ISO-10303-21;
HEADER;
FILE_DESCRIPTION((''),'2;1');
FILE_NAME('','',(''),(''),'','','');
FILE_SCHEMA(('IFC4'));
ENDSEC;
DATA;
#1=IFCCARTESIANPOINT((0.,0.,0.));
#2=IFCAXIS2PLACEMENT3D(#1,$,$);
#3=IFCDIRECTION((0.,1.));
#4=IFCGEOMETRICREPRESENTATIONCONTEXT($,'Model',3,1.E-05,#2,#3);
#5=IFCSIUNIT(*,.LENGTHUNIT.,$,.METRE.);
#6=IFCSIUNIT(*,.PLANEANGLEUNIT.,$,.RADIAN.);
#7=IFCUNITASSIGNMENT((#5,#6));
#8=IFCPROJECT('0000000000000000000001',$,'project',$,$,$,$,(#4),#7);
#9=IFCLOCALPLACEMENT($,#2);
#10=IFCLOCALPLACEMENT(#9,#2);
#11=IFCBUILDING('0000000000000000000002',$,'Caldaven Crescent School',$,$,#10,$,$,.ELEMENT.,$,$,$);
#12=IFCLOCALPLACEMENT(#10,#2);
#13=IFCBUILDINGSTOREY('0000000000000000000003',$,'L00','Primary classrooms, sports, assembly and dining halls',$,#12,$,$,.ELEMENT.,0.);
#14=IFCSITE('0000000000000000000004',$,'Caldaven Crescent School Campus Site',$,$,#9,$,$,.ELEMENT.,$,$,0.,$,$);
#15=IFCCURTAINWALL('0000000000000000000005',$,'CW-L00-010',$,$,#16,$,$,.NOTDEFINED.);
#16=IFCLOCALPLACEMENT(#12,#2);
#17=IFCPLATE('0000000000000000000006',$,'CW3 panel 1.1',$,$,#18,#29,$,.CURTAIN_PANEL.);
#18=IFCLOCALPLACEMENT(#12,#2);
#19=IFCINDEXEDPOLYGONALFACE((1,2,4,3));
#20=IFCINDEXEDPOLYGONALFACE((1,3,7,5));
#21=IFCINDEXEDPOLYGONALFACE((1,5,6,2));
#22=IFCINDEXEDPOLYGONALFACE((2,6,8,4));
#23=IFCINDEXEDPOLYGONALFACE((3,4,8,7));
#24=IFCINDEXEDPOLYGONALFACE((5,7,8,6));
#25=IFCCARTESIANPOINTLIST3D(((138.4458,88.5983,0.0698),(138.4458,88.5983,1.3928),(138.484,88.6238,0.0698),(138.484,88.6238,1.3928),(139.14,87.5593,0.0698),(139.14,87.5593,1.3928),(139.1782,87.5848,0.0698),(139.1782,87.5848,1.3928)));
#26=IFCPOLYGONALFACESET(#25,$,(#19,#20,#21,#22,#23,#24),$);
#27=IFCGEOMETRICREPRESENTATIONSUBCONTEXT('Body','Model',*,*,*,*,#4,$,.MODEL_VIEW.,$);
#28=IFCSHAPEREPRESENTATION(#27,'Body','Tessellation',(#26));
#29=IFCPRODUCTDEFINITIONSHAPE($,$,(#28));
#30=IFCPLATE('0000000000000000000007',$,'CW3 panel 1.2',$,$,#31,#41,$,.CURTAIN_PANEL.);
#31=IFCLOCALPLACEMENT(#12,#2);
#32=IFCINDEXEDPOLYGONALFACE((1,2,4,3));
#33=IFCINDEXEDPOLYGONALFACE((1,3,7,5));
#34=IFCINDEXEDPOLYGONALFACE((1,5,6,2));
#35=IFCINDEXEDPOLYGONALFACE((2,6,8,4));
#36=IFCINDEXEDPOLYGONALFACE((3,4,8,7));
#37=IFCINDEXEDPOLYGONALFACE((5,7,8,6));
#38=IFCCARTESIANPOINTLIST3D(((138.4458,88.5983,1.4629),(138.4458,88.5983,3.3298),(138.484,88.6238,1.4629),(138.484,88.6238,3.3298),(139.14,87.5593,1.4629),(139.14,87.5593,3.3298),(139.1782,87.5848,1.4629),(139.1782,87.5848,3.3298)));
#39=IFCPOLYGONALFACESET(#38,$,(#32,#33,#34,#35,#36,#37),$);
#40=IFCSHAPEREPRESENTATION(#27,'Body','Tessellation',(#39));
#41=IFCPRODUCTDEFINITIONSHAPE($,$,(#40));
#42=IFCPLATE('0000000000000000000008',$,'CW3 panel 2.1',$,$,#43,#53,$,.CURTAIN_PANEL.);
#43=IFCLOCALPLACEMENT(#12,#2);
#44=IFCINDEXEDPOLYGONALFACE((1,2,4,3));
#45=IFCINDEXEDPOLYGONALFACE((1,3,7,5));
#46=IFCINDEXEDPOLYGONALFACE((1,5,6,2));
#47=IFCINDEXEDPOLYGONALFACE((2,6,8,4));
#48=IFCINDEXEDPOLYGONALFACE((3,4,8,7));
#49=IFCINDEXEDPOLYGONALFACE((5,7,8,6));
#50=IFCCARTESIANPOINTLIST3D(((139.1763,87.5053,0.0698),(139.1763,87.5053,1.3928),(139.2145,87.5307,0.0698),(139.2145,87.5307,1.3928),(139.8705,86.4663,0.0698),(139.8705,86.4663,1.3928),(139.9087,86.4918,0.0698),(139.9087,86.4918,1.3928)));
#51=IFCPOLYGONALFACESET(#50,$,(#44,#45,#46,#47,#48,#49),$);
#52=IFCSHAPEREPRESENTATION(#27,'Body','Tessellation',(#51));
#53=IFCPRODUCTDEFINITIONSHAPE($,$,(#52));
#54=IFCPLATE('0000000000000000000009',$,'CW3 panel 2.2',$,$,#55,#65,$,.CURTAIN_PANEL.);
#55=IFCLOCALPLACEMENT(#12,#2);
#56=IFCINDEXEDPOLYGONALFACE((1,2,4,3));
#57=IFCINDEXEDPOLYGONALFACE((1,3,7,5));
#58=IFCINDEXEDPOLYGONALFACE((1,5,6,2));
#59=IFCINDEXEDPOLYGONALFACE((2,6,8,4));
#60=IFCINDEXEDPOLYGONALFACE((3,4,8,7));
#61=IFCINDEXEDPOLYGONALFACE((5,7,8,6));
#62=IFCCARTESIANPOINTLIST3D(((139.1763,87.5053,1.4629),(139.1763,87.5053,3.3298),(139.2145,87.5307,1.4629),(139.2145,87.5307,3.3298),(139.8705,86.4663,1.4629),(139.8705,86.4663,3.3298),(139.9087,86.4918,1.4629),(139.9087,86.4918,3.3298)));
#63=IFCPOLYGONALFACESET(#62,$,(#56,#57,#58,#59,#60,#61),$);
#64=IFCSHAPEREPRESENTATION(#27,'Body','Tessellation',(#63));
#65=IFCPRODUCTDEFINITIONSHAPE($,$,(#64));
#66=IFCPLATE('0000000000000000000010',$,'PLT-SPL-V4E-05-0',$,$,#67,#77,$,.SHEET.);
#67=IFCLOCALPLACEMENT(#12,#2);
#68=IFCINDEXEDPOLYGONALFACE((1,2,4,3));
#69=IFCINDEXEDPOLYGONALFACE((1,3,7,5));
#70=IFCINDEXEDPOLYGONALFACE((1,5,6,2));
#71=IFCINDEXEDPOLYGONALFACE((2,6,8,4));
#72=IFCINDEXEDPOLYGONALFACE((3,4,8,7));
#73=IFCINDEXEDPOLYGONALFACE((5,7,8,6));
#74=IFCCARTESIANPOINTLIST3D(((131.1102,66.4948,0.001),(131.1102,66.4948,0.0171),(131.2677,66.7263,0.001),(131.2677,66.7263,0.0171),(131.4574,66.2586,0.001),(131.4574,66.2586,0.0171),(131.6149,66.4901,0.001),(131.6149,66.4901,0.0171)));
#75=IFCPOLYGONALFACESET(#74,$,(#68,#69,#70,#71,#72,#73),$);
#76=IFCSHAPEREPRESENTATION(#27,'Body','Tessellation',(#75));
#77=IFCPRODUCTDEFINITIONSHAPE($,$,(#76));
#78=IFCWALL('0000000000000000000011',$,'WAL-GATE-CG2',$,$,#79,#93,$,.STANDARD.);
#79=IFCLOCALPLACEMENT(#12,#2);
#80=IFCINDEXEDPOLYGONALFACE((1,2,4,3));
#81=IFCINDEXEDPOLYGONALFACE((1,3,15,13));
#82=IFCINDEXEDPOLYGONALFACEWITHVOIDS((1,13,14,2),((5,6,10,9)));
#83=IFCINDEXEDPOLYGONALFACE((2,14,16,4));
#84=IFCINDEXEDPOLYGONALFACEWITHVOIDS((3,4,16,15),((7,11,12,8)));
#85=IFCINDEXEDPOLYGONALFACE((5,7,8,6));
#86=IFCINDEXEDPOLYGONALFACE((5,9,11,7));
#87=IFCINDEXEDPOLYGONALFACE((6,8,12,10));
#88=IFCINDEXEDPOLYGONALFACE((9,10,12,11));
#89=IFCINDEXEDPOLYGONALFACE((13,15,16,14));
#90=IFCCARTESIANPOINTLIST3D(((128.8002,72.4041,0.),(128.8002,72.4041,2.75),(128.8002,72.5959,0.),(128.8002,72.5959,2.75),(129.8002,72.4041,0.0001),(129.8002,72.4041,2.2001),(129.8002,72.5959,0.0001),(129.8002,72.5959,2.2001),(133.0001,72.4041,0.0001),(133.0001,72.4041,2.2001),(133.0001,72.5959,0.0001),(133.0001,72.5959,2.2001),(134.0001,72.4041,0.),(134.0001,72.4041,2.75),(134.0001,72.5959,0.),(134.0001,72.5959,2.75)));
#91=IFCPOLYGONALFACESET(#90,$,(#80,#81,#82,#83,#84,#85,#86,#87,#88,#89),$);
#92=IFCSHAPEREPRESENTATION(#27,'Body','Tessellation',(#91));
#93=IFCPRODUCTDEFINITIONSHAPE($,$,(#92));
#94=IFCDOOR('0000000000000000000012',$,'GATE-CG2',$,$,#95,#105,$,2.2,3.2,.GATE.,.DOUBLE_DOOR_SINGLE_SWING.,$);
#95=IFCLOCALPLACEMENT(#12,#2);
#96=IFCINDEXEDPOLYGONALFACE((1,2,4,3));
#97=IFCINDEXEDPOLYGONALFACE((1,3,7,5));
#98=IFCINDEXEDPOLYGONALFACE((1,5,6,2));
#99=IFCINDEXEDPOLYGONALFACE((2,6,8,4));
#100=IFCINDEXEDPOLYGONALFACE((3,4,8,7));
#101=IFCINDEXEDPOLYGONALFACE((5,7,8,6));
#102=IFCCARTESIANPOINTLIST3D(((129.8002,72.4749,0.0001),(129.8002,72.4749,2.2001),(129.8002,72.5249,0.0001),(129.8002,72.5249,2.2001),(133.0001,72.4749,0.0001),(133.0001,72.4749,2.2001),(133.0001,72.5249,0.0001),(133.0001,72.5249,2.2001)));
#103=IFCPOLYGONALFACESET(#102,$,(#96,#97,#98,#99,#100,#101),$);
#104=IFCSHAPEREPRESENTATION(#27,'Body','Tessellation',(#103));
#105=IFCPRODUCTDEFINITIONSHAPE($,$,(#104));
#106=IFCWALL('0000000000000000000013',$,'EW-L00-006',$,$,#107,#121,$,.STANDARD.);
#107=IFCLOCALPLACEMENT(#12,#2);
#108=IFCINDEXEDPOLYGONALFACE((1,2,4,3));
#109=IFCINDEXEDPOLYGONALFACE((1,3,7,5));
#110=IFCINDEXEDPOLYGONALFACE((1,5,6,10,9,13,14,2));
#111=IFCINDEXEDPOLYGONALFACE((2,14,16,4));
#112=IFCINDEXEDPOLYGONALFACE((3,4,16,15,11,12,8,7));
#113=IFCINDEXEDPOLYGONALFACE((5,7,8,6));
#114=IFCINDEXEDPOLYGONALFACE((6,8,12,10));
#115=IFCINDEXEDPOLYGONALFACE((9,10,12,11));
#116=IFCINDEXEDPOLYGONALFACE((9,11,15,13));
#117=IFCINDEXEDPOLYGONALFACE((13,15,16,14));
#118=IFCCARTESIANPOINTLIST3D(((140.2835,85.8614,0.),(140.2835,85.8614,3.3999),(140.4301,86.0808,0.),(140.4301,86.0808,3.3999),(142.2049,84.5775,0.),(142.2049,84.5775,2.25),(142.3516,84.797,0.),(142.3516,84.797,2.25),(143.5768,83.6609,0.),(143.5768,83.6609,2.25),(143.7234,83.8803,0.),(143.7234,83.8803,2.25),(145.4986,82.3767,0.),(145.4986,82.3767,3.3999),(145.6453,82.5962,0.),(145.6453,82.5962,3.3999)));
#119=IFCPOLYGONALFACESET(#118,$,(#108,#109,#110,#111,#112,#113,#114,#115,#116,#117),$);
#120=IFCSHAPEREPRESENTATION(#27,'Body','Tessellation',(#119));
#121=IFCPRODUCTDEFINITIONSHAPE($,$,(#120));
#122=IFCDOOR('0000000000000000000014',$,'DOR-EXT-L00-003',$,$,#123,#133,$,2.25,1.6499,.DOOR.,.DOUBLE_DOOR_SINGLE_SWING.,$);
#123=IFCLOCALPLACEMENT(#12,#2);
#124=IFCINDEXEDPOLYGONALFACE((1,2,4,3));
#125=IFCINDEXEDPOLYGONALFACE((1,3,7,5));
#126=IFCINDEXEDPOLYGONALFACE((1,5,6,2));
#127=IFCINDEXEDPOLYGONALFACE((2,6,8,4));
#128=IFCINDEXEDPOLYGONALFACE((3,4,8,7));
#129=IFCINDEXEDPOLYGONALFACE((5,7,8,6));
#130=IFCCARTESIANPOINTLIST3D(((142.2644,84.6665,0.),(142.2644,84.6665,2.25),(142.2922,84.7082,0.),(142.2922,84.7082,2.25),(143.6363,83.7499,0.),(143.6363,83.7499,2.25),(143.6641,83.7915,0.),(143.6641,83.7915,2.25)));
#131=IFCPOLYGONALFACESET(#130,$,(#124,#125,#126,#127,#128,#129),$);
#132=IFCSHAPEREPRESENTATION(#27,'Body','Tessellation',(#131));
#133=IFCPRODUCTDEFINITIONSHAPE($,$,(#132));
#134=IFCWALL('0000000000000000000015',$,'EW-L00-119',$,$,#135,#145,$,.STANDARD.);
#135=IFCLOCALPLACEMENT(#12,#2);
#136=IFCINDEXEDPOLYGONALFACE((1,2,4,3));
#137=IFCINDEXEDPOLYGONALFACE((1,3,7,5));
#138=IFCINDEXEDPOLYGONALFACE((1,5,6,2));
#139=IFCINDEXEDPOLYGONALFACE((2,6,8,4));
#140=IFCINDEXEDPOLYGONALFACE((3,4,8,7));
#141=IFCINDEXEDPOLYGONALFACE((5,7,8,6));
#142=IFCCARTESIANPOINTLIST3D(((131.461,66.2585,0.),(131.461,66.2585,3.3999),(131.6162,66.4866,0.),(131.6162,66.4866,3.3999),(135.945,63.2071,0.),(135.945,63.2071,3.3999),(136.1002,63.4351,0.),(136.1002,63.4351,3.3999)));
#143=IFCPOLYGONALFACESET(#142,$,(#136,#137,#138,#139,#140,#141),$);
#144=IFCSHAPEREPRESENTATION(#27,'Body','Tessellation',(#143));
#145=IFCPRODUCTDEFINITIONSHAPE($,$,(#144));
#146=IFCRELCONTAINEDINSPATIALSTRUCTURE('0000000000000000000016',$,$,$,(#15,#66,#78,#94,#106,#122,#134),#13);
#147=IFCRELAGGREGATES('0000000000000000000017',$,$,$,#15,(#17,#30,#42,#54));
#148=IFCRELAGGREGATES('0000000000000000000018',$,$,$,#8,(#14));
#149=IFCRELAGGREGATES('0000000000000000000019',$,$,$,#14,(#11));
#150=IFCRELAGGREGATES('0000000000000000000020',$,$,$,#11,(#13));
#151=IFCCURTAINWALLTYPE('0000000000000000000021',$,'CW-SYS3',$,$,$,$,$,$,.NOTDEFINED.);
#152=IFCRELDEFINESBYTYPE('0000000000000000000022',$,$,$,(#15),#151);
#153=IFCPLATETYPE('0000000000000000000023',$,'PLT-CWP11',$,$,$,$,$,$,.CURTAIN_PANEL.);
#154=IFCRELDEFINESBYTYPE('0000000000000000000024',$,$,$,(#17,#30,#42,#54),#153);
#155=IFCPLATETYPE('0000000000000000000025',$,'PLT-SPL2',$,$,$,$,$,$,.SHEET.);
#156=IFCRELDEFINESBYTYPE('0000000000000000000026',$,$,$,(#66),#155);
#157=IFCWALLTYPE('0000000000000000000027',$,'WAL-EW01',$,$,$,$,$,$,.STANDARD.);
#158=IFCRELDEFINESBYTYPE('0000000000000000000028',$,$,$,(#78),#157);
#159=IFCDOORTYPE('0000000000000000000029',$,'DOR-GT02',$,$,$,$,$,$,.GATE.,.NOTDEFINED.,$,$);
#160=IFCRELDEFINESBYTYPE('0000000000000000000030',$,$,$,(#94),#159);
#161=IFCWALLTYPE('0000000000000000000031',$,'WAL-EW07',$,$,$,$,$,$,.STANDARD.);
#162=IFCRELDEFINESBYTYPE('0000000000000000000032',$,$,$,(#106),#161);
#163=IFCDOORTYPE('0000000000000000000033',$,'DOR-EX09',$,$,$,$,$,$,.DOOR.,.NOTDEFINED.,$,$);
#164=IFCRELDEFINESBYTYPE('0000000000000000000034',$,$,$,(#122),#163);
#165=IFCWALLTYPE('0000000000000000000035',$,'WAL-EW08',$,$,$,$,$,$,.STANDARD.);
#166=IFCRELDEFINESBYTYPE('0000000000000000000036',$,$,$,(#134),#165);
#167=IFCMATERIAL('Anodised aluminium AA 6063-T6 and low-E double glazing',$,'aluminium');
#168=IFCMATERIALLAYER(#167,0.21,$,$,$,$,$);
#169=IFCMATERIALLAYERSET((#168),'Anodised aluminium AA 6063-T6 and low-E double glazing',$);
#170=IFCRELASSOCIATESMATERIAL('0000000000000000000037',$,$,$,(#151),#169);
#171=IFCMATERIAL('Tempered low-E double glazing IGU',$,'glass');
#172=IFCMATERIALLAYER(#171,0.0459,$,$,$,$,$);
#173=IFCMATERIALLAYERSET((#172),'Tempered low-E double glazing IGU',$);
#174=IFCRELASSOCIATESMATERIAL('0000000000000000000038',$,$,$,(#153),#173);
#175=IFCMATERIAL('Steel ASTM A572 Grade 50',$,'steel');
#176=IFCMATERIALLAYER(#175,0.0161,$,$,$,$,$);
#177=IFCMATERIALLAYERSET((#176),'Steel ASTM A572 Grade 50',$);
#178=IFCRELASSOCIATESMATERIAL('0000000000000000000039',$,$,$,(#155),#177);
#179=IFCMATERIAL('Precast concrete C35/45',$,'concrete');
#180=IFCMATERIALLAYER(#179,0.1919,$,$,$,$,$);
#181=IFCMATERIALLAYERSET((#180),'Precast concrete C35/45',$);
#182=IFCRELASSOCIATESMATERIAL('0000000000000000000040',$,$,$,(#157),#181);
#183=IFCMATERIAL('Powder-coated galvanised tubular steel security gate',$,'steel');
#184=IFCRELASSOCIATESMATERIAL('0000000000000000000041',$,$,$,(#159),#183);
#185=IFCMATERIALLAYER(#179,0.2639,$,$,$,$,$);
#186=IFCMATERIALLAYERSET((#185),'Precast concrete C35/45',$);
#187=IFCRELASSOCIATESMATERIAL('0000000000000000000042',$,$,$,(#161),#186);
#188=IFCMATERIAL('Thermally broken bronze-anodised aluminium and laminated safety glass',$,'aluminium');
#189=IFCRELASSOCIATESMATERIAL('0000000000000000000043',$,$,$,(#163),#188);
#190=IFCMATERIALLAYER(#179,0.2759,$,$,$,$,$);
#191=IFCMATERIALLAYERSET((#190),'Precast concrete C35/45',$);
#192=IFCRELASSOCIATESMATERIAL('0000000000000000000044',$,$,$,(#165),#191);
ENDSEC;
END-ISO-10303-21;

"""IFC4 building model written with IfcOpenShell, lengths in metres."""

from ifc_helpers import new_model, si_unit, direction, frame, frame_2d, origin, origin_2d, place, context, subcontext, project, spatial, rectangle, extrude, material, layer, layer_set, type_object, element, fill, aggregate, save


model = new_model("IFC4")

# Units and contexts
model_context = context("Model", 3, precision=1e-05, world=origin(), true_north=direction((0.0, 1.0)))
body_context = subcontext(model_context, "Body", "Model", "MODEL_VIEW")
ifc_project = project(units=[si_unit("LENGTHUNIT", "METRE"), si_unit("PLANEANGLEUNIT", "RADIAN")], contexts=[model_context])

# Site, building, storey
site_placement = place(None, origin())
site = spatial("IfcSite", under=ifc_project, at=site_placement, Name="Caldaven Crescent School Campus Site", CompositionType="ELEMENT", RefElevation=0.0)
building_placement = place(site_placement, origin())
building = spatial("IfcBuilding", under=site, at=building_placement, Name="Caldaven Crescent School", CompositionType="ELEMENT")
storey_placement = place(building_placement, origin())
storey = spatial("IfcBuildingStorey", under=building, at=storey_placement, Name="L00", Description="Primary classrooms, sports, assembly and dining halls", CompositionType="ELEMENT", Elevation=0.0)

# Curtain wall
ifc_material_1 = material(Name="Anodised aluminium AA 6063-T6 and low-E double glazing", Category="aluminium")
ifc_layer_1 = layer(ifc_material_1, 0.21)
ifc_layer_set_1 = layer_set([ifc_layer_1], Name="Anodised aluminium AA 6063-T6 and low-E double glazing")
curtain_wall_type_1 = type_object("IfcCurtainWallType", Name="CW-SYS3", PredefinedType="NOTDEFINED", material=ifc_layer_set_1)
curtain_wall_1_placement = place(storey_placement, origin())
curtain_wall_1 = element("IfcCurtainWall", 1, at=curtain_wall_1_placement, inside=storey, type_object=curtain_wall_type_1, Name="CW-L00-010", PredefinedType="NOTDEFINED")

# Plates
ifc_material_2 = material(Name="Tempered low-E double glazing IGU", Category="glass")
ifc_layer_2 = layer(ifc_material_2, 0.0459)
ifc_layer_set_2 = layer_set([ifc_layer_2], Name="Tempered low-E double glazing IGU")
plate_type_1 = type_object("IfcPlateType", Name="PLT-CWP11", PredefinedType="CURTAIN_PANEL", material=ifc_layer_set_2)
plate_1_placement = place(storey_placement, frame((138.812, 88.0916, 0.0698), z_axis=(0.0, 0.0, 1.0), x_axis=(0.555572, -0.831469, 0.0)))
plate_1 = element("IfcPlate", 2, at=plate_1_placement, type_object=plate_type_1, Name="CW3 panel 1.1", PredefinedType="CURTAIN_PANEL", context=body_context, shape_type="SweptSolid", body=[
    extrude(rectangle(XDim=1.2495, YDim=0.0459, at=origin_2d()), origin(), (0.0, 0.0, 1.0), 1.323),
])
plate_2_placement = place(storey_placement, frame((138.812, 88.0916, 1.4629), z_axis=(0.0, 0.0, 1.0), x_axis=(0.555572, -0.831469, 0.0)))
plate_2 = element("IfcPlate", 3, at=plate_2_placement, type_object=plate_type_1, Name="CW3 panel 1.2", PredefinedType="CURTAIN_PANEL", context=body_context, shape_type="SweptSolid", body=[
    extrude(rectangle(XDim=1.2495, YDim=0.0459, at=origin_2d()), origin(), (0.0, 0.0, 1.0), 1.8669),
])
plate_3_placement = place(storey_placement, frame((139.5425, 86.9985, 0.0698), z_axis=(0.0, 0.0, 1.0), x_axis=(0.555572, -0.831469, 0.0)))
plate_3 = element("IfcPlate", 4, at=plate_3_placement, type_object=plate_type_1, Name="CW3 panel 2.1", PredefinedType="CURTAIN_PANEL", context=body_context, shape_type="SweptSolid", body=[
    extrude(rectangle(XDim=1.2495, YDim=0.0459, at=origin_2d()), origin(), (0.0, 0.0, 1.0), 1.323),
])
plate_4_placement = place(storey_placement, frame((139.5425, 86.9985, 1.4629), z_axis=(0.0, 0.0, 1.0), x_axis=(0.555572, -0.831469, 0.0)))
plate_4 = element("IfcPlate", 5, at=plate_4_placement, type_object=plate_type_1, Name="CW3 panel 2.2", PredefinedType="CURTAIN_PANEL", context=body_context, shape_type="SweptSolid", body=[
    extrude(rectangle(XDim=1.2495, YDim=0.0459, at=origin_2d()), origin(), (0.0, 0.0, 1.0), 1.8669),
])
aggregate(curtain_wall_1, [plate_1, plate_2, plate_3, plate_4])
ifc_material_3 = material(Name="Steel ASTM A572 Grade 50", Category="steel")
ifc_layer_3 = layer(ifc_material_3, 0.0161)
ifc_layer_set_3 = layer_set([ifc_layer_3], Name="Steel ASTM A572 Grade 50")
plate_type_2 = type_object("IfcPlateType", Name="PLT-SPL2", PredefinedType="SHEET", material=ifc_layer_set_3)
plate_5_placement = place(storey_placement, frame((131.3625, 66.4924, 0.001), z_axis=(0.0, 0.0, 1.0), x_axis=(0.826786, -0.562516, 0.0)))
element("IfcPlate", 6, at=plate_5_placement, inside=storey, type_object=plate_type_2, Name="PLT-SPL-V4E-05-0", PredefinedType="SHEET", context=body_context, shape_type="SweptSolid", body=[
    extrude(rectangle(XDim=0.4199, YDim=0.28, at=origin_2d()), origin(), (0.0, 0.0, 1.0), 0.0161),
])

# Walls, openings, doors
ifc_material_4 = material(Name="Precast concrete C35/45", Category="concrete")
ifc_layer_4 = layer(ifc_material_4, 0.1919)
ifc_layer_set_4 = layer_set([ifc_layer_4], Name="Precast concrete C35/45")
wall_type_1 = type_object("IfcWallType", Name="WAL-EW01", PredefinedType="STANDARD", material=ifc_layer_set_4)
wall_1_placement = place(storey_placement, frame((128.8, 72.5, 0.0), z_axis=(0.0, 0.0, 1.0), x_axis=(1.0, 0.0, 0.0)))
wall_1 = element("IfcWall", 7, at=wall_1_placement, inside=storey, type_object=wall_type_1, Name="WAL-GATE-CG2", PredefinedType="STANDARD", context=body_context, shape_type="SweptSolid", body=[
    extrude(rectangle(XDim=5.2, YDim=0.1919, at=frame_2d((2.6001, 0.0))), origin(), (0.0, 0.0, 1.0), 2.75),
])
opening_1_placement = place(wall_1_placement, frame((1.0, 0.0, 0.0)))
opening_1 = element("IfcOpeningElement", 8, at=opening_1_placement, cuts=wall_1, PredefinedType="OPENING", context=body_context, shape_type="SweptSolid", body=[
    extrude(rectangle(XDim=3.2, YDim=2.2, at=frame_2d((1.6001, 1.1001))), frame((0.0, 0.106, 0.0), z_axis=(0.0, -1.0, 0.0), x_axis=(1.0, 0.0, 0.0)), (0.0, 0.0, 1.0), 0.2119),
])
ifc_material_5 = material(Name="Powder-coated galvanised tubular steel security gate", Category="steel")
door_type_1 = type_object("IfcDoorType", Name="DOR-GT02", OperationType="NOTDEFINED", PredefinedType="GATE", material=ifc_material_5)
door_1_placement = place(opening_1_placement, origin())
door_1 = element("IfcDoor", 9, at=door_1_placement, inside=storey, type_object=door_type_1, Name="GATE-CG2", OperationType="DOUBLE_DOOR_SINGLE_SWING", OverallHeight=2.2, OverallWidth=3.2, PredefinedType="GATE", context=body_context, shape_type="SweptSolid", body=[
    extrude(rectangle(XDim=3.2, YDim=2.2, at=frame_2d((1.6001, 1.1001))), frame((0.0, 0.0249, 0.0), z_axis=(0.0, -1.0, 0.0), x_axis=(1.0, 0.0, 0.0)), (0.0, 0.0, 1.0), 0.05),
])
fill(opening_1, door_1)
ifc_layer_5 = layer(ifc_material_4, 0.2639)
ifc_layer_set_5 = layer_set([ifc_layer_5], Name="Precast concrete C35/45")
wall_type_2 = type_object("IfcWallType", Name="WAL-EW07", PredefinedType="STANDARD", material=ifc_layer_set_5)
wall_2_placement = place(storey_placement, frame((140.3567, 85.9712, 0.0), z_axis=(0.0, 0.0, 1.0), x_axis=(0.831469, -0.555571, 0.0)))
wall_2 = element("IfcWall", 10, at=wall_2_placement, inside=storey, type_object=wall_type_2, Name="EW-L00-006", PredefinedType="STANDARD", context=body_context, shape_type="SweptSolid", body=[
    extrude(rectangle(XDim=6.2722, YDim=0.2639, at=frame_2d((3.1362, 0.0))), origin(), (0.0, 0.0, 1.0), 3.3999),
])
opening_2_placement = place(wall_2_placement, frame((2.311, 0.0, 0.0)))
opening_2 = element("IfcOpeningElement", 11, at=opening_2_placement, cuts=wall_2, PredefinedType="OPENING", context=body_context, shape_type="SweptSolid", body=[
    extrude(rectangle(XDim=1.6499, YDim=2.25, at=frame_2d((0.825, 1.125))), frame((0.0, 0.1418, 0.0), z_axis=(0.0, -1.0, 0.0), x_axis=(1.0, 0.0, 0.0)), (0.0, 0.0, 1.0), 0.2839),
])
ifc_material_6 = material(Name="Thermally broken bronze-anodised aluminium and laminated safety glass", Category="aluminium")
door_type_2 = type_object("IfcDoorType", Name="DOR-EX09", OperationType="NOTDEFINED", PredefinedType="DOOR", material=ifc_material_6)
door_2_placement = place(opening_2_placement, frame((1.6499, 0.0, 0.0), z_axis=(0.0, 0.0, 1.0), x_axis=(-1.0, 0.0, 0.0)))
door_2 = element("IfcDoor", 12, at=door_2_placement, inside=storey, type_object=door_type_2, Name="DOR-EXT-L00-003", OperationType="DOUBLE_DOOR_SINGLE_SWING", OverallHeight=2.25, OverallWidth=1.6499, PredefinedType="DOOR", context=body_context, shape_type="SweptSolid", body=[
    extrude(rectangle(XDim=1.6499, YDim=2.25, at=frame_2d((0.825, 1.125))), frame((0.0, 0.0249, 0.0), z_axis=(0.0, -1.0, 0.0), x_axis=(1.0, 0.0, 0.0)), (0.0, 0.0, 1.0), 0.05),
])
fill(opening_2, door_2)

# Wall
ifc_layer_6 = layer(ifc_material_4, 0.2759)
ifc_layer_set_6 = layer_set([ifc_layer_6], Name="Precast concrete C35/45")
wall_type_3 = type_object("IfcWallType", Name="WAL-EW08", PredefinedType="STANDARD", material=ifc_layer_set_6)
wall_3_placement = place(storey_placement, frame((131.5386, 66.3726, 0.0), z_axis=(0.0, 0.0, 1.0), x_axis=(0.826729, -0.562601, 0.0)))
element("IfcWall", 13, at=wall_3_placement, inside=storey, type_object=wall_type_3, Name="EW-L00-119", PredefinedType="STANDARD", context=body_context, shape_type="SweptSolid", body=[
    extrude(rectangle(XDim=5.4238, YDim=0.2759, at=frame_2d((2.7119, 0.0))), origin(), (0.0, 0.0, 1.0), 3.3999),
])

save(model, "model.ifc")
